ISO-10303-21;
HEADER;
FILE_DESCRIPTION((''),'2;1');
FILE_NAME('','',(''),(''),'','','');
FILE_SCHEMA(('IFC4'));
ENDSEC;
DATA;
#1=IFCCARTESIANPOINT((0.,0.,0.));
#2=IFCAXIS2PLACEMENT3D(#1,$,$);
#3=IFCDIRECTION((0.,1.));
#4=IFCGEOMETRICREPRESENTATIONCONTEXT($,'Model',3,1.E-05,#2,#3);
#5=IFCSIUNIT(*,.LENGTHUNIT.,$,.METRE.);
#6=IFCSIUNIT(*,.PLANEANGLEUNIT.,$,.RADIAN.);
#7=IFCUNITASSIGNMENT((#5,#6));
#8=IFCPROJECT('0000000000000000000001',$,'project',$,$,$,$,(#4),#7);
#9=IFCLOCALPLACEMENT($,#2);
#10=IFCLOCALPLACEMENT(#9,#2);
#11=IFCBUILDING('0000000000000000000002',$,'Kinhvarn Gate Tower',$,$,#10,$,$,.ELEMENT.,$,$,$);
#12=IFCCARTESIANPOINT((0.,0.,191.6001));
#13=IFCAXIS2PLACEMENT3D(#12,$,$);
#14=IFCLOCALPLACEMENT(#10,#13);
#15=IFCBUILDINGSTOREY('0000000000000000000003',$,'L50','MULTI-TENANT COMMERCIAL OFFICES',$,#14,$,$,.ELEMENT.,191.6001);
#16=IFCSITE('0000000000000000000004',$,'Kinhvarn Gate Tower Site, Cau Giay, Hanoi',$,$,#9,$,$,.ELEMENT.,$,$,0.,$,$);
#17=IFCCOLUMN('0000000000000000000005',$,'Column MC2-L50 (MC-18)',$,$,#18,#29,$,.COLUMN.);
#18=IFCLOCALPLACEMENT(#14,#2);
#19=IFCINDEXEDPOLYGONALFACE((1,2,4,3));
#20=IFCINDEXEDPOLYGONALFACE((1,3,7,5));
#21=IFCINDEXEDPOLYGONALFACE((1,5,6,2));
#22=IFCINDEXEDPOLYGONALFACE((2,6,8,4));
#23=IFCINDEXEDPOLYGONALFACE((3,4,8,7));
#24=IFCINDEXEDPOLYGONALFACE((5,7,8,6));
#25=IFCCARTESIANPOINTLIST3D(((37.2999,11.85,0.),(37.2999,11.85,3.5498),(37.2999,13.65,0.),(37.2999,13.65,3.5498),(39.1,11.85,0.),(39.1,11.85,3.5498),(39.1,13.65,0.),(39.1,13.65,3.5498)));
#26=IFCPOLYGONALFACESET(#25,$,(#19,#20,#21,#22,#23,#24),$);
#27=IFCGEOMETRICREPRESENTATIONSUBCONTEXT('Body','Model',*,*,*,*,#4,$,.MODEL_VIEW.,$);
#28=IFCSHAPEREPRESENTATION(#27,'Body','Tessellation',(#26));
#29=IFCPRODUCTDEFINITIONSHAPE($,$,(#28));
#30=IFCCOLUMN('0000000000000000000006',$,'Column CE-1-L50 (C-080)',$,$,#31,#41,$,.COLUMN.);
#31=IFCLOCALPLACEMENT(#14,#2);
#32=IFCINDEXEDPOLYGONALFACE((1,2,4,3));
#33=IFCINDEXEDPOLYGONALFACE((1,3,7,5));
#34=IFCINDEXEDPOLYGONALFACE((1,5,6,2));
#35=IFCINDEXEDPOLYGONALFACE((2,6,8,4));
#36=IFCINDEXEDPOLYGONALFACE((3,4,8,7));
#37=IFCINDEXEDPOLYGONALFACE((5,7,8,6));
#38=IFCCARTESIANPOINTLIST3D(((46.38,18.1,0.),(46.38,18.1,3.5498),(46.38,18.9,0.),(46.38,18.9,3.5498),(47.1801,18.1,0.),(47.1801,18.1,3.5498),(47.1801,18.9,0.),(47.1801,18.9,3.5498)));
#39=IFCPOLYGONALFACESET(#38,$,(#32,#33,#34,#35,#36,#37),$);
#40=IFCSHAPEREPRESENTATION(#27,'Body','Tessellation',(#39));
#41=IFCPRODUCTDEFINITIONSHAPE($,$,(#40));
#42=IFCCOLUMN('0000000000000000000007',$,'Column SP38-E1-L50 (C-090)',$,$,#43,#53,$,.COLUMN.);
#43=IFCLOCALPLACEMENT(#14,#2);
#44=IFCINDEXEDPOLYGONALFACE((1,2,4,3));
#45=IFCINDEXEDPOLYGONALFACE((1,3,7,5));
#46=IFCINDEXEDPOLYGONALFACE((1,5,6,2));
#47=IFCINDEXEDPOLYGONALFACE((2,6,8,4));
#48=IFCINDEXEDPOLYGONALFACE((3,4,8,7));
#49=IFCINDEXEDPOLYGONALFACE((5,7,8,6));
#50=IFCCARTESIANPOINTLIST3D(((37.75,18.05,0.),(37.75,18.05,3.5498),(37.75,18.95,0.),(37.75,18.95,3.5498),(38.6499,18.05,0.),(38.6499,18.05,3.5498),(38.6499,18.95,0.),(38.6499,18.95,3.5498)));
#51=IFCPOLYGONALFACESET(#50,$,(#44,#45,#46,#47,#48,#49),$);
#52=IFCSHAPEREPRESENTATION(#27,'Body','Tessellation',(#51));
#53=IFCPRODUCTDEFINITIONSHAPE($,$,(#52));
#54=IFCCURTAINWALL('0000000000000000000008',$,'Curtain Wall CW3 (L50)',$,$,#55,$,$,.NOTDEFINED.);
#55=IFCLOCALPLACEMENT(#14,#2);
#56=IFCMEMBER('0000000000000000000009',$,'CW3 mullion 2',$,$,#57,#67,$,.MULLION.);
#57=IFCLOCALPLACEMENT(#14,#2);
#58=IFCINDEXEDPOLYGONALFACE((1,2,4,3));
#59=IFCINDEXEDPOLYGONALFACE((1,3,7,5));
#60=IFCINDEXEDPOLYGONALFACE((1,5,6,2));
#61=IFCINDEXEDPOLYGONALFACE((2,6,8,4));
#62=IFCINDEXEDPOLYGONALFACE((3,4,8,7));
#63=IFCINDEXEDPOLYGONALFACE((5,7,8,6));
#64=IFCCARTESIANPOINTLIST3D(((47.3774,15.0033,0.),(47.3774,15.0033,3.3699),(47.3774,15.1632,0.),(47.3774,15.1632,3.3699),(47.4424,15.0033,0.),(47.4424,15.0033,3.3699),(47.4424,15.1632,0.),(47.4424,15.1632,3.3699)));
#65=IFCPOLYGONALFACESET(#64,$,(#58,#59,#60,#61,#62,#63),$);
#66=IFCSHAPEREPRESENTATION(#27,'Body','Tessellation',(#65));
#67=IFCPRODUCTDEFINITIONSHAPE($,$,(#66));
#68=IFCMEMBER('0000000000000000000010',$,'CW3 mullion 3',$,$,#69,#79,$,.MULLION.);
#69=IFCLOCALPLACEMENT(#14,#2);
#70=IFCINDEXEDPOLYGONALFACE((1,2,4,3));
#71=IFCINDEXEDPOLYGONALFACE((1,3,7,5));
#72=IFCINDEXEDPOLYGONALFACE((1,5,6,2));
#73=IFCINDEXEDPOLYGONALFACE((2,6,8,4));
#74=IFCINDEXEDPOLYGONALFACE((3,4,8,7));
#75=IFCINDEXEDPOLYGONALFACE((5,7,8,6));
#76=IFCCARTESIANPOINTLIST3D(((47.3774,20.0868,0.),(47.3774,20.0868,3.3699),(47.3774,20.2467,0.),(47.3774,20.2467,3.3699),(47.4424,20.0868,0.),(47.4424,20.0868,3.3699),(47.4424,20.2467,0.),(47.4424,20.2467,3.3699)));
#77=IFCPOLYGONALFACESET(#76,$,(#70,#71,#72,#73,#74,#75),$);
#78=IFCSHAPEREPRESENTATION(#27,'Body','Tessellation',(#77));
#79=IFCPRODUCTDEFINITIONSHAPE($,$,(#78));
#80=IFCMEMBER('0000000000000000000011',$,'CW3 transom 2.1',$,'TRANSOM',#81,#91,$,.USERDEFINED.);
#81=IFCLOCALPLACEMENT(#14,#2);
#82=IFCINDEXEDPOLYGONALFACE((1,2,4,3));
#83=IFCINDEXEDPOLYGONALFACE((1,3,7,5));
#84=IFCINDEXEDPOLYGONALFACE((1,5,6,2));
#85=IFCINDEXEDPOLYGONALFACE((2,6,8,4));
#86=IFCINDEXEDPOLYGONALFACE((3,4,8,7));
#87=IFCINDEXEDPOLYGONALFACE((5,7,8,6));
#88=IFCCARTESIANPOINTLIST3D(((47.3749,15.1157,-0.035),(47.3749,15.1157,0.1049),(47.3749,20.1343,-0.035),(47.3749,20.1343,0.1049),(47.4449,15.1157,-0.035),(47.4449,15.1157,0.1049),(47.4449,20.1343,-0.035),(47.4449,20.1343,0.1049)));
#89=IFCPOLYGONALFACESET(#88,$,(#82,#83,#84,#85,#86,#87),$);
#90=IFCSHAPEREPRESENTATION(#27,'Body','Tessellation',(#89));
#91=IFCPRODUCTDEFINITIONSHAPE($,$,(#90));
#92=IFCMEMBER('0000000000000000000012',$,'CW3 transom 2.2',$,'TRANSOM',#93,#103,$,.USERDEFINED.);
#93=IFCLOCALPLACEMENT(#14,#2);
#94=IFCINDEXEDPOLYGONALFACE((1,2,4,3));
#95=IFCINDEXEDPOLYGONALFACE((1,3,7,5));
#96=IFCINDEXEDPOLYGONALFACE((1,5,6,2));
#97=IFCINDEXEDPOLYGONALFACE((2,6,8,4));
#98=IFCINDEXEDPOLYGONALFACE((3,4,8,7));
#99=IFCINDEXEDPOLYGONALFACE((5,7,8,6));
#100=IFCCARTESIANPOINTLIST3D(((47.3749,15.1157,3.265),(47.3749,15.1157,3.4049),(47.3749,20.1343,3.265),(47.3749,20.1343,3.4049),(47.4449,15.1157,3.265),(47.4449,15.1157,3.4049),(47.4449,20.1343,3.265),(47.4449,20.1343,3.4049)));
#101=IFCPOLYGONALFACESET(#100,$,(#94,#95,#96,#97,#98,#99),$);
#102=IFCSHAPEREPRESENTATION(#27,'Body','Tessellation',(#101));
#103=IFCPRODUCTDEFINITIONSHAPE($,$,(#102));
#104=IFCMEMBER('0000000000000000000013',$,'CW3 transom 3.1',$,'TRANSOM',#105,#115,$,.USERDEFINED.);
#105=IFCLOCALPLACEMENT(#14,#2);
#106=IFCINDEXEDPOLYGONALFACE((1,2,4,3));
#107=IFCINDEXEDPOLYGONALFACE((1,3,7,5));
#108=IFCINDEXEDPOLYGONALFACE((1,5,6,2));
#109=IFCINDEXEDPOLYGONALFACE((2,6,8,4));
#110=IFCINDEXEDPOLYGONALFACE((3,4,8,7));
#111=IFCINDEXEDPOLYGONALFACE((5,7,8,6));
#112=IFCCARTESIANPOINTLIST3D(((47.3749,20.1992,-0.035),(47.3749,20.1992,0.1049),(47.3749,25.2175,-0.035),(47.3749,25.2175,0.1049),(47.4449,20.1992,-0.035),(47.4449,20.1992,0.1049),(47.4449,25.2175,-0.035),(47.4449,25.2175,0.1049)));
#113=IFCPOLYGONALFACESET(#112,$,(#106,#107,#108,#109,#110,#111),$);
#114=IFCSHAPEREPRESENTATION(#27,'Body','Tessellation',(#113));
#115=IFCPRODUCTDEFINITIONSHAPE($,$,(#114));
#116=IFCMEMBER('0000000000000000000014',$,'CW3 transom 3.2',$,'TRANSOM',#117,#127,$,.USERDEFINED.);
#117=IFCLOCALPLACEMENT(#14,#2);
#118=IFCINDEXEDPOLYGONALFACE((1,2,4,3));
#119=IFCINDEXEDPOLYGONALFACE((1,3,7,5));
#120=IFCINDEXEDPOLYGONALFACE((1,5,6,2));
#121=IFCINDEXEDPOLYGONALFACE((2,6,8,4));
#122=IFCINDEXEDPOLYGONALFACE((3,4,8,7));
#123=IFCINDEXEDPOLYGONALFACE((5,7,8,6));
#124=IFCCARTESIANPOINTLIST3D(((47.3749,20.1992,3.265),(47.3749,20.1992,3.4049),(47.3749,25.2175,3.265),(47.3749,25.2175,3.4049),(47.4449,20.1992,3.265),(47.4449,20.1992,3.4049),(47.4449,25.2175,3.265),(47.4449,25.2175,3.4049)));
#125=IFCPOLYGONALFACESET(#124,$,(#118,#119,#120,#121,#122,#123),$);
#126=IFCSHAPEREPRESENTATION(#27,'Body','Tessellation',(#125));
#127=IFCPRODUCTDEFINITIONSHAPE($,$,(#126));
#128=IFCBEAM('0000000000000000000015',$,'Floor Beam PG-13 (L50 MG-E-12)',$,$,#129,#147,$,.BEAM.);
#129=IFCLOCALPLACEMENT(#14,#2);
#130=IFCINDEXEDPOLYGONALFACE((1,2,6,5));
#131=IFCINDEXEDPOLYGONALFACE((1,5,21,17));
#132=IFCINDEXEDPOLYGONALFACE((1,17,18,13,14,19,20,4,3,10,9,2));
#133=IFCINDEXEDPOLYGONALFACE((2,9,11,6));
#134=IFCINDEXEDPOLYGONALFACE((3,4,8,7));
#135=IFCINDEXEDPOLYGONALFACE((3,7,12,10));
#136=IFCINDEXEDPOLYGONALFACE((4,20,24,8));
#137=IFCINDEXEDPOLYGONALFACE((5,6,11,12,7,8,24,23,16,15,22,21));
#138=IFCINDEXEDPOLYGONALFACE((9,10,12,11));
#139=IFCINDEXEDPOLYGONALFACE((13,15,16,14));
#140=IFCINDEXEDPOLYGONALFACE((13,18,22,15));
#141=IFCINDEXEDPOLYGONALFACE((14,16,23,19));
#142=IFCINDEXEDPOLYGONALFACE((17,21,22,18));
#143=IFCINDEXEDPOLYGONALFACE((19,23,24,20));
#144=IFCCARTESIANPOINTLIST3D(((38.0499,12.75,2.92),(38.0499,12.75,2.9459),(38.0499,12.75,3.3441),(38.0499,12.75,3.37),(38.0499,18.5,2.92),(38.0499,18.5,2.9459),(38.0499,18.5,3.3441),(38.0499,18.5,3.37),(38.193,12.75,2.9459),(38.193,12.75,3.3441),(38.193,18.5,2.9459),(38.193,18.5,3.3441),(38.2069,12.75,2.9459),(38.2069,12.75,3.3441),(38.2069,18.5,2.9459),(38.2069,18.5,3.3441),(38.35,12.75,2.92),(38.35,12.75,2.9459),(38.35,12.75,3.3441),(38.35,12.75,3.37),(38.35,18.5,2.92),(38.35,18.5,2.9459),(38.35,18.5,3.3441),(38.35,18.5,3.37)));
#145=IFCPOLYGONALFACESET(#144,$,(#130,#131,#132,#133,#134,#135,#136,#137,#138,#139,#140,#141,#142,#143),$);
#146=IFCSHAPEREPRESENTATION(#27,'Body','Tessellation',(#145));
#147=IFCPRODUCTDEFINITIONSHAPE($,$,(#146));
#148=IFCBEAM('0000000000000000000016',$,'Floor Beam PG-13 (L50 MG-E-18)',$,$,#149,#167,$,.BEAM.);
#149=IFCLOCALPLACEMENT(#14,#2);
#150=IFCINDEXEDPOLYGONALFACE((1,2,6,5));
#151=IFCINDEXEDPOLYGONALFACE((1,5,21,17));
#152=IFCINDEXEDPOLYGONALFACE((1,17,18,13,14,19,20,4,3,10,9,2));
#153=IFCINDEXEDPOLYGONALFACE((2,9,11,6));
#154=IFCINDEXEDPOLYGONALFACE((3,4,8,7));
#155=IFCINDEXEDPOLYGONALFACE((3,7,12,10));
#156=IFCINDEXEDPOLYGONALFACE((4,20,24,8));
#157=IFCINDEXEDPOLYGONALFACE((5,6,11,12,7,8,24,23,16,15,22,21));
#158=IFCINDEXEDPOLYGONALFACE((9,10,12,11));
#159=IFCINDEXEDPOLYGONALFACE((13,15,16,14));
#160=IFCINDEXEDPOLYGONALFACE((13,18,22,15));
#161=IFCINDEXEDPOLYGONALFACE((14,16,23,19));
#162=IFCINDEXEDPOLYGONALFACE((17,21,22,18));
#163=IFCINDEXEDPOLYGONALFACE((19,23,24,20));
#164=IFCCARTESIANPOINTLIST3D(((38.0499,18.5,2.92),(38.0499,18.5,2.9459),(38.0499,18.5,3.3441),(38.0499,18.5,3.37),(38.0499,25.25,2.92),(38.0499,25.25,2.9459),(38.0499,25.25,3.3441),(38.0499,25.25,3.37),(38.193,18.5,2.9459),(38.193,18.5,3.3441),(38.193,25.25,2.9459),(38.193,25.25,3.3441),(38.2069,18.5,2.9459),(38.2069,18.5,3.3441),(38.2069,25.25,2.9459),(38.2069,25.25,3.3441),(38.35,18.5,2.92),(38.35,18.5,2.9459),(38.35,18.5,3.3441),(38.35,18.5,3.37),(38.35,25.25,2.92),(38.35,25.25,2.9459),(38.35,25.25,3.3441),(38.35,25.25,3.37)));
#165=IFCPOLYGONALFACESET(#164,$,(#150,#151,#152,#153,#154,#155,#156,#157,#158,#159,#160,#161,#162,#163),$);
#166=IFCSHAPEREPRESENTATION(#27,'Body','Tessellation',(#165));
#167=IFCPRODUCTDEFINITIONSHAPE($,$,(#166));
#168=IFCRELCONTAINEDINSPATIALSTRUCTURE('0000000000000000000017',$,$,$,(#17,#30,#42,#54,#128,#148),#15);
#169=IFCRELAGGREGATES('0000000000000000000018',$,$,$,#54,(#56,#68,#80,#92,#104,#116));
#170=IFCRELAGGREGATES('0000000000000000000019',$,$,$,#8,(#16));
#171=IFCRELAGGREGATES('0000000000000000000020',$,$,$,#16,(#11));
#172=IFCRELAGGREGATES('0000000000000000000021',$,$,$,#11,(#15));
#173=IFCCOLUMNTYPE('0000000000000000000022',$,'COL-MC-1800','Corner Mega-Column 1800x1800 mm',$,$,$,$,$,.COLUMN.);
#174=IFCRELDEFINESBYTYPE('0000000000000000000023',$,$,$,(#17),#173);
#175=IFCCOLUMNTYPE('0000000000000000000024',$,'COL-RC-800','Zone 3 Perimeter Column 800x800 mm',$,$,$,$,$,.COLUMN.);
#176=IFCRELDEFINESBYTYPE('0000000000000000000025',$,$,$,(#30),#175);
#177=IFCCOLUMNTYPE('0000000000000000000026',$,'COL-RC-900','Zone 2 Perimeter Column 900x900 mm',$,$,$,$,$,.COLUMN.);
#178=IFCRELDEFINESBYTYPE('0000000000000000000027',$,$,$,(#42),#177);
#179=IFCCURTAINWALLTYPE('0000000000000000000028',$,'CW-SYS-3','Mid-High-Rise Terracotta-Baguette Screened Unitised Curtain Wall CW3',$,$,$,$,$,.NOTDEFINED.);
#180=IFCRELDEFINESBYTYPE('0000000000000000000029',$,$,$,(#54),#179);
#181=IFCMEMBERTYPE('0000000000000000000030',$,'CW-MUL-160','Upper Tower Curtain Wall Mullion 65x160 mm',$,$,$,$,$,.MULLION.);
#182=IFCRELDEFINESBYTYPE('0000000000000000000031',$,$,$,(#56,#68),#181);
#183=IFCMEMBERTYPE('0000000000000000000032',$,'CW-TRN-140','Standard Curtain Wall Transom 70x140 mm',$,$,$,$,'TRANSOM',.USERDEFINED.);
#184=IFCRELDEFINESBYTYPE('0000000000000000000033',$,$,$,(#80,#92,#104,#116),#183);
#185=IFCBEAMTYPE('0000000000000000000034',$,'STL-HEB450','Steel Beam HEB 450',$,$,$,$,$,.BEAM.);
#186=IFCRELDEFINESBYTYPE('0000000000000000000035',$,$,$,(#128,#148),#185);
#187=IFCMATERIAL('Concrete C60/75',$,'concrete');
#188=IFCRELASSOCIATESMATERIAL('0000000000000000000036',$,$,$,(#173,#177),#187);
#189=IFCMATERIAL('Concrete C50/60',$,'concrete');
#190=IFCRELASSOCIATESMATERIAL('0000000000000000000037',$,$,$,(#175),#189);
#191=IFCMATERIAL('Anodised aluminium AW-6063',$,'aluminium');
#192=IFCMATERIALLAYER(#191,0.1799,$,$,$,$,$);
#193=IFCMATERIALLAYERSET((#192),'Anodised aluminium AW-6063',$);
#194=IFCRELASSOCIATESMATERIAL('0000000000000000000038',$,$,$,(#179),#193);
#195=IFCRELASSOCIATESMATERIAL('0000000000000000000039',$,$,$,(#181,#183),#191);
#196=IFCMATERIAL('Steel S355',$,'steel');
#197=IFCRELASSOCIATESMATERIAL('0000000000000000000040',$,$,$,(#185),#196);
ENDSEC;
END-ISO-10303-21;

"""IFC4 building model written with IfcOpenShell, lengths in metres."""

from ifc_helpers import new_model, si_unit, direction, frame, origin, origin_2d, place, context, subcontext, project, spatial, rectangle, i_section, extrude, material, layer, layer_set, material_profile, profile_set, type_object, element, aggregate, save


model = new_model("IFC4")

# Units and contexts
model_context = context("Model", 3, precision=1e-05, world=origin(), true_north=direction((0.0, 1.0)))
body_context = subcontext(model_context, "Body", "Model", "MODEL_VIEW")
ifc_project = project(units=[si_unit("LENGTHUNIT", "METRE"), si_unit("PLANEANGLEUNIT", "RADIAN")], contexts=[model_context])

# Site, building, storey
site_placement = place(None, origin())
site = spatial("IfcSite", under=ifc_project, at=site_placement, Name="Kinhvarn Gate Tower Site, Cau Giay, Hanoi", CompositionType="ELEMENT", RefElevation=0.0)
building_placement = place(site_placement, origin())
building = spatial("IfcBuilding", under=site, at=building_placement, Name="Kinhvarn Gate Tower", CompositionType="ELEMENT")
storey_placement = place(building_placement, frame((0.0, 0.0, 191.6001)))
storey = spatial("IfcBuildingStorey", under=building, at=storey_placement, Name="L50", Description="MULTI-TENANT COMMERCIAL OFFICES", CompositionType="ELEMENT", Elevation=191.6001)

# Columns
ifc_material_1 = material(Name="Concrete C60/75", Category="concrete")
ifc_material_profile_1 = material_profile(ifc_material_1, rectangle(XDim=1.8, YDim=1.8, at=origin_2d()), Name="RC 1800x1800")
ifc_profile_set_1 = profile_set([ifc_material_profile_1], Name="Concrete C60/75")
column_type_1 = type_object("IfcColumnType", Name="COL-MC-1800", Description="Corner Mega-Column 1800x1800 mm", PredefinedType="COLUMN", material=ifc_profile_set_1)
column_1_placement = place(storey_placement, frame((38.2, 12.75, 0.0), z_axis=(0.0, 0.0, 1.0), x_axis=(1.0, 0.0, 0.0)))
element("IfcColumn", 1, at=column_1_placement, inside=storey, type_object=column_type_1, Name="Column MC2-L50 (MC-18)", PredefinedType="COLUMN", context=body_context, shape_type="SweptSolid", body=[
    extrude(rectangle(XDim=1.8, YDim=1.8, at=origin_2d()), origin(), (0.0, 0.0, 1.0), 3.5498),
])
ifc_material_2 = material(Name="Concrete C50/60", Category="concrete")
ifc_material_profile_2 = material_profile(ifc_material_2, rectangle(XDim=0.8, YDim=0.8, at=origin_2d()), Name="RC 800x800")
ifc_profile_set_2 = profile_set([ifc_material_profile_2], Name="Concrete C50/60")
column_type_2 = type_object("IfcColumnType", Name="COL-RC-800", Description="Zone 3 Perimeter Column 800x800 mm", PredefinedType="COLUMN", material=ifc_profile_set_2)
column_2_placement = place(storey_placement, frame((46.78, 18.5, 0.0), z_axis=(0.0, 0.0, 1.0), x_axis=(1.0, 0.0, 0.0)))
element("IfcColumn", 2, at=column_2_placement, inside=storey, type_object=column_type_2, Name="Column CE-1-L50 (C-080)", PredefinedType="COLUMN", context=body_context, shape_type="SweptSolid", body=[
    extrude(rectangle(XDim=0.8, YDim=0.8, at=origin_2d()), origin(), (0.0, 0.0, 1.0), 3.5498),
])
ifc_material_profile_3 = material_profile(ifc_material_1, rectangle(XDim=0.8999, YDim=0.8999, at=origin_2d()), Name="RC 900x900")
ifc_profile_set_3 = profile_set([ifc_material_profile_3], Name="Concrete C60/75")
column_type_3 = type_object("IfcColumnType", Name="COL-RC-900", Description="Zone 2 Perimeter Column 900x900 mm", PredefinedType="COLUMN", material=ifc_profile_set_3)
column_3_placement = place(storey_placement, frame((38.2, 18.5, 0.0), z_axis=(0.0, 0.0, 1.0), x_axis=(1.0, 0.0, 0.0)))
element("IfcColumn", 3, at=column_3_placement, inside=storey, type_object=column_type_3, Name="Column SP38-E1-L50 (C-090)", PredefinedType="COLUMN", context=body_context, shape_type="SweptSolid", body=[
    extrude(rectangle(XDim=0.8999, YDim=0.8999, at=origin_2d()), origin(), (0.0, 0.0, 1.0), 3.5498),
])

# Curtain wall, members
ifc_material_3 = material(Name="Anodised aluminium AW-6063", Category="aluminium")
ifc_layer_1 = layer(ifc_material_3, 0.1799)
ifc_layer_set_1 = layer_set([ifc_layer_1], Name="Anodised aluminium AW-6063")
curtain_wall_type = type_object("IfcCurtainWallType", Name="CW-SYS-3", Description="Mid-High-Rise Terracotta-Baguette Screened Unitised Curtain Wall CW3", PredefinedType="NOTDEFINED", material=ifc_layer_set_1)
curtain_wall_placement = place(storey_placement, origin())
curtain_wall = element("IfcCurtainWall", 4, at=curtain_wall_placement, inside=storey, type_object=curtain_wall_type, Name="Curtain Wall CW3 (L50)", PredefinedType="NOTDEFINED")
ifc_material_profile_4 = material_profile(ifc_material_3, rectangle(XDim=0.0649, YDim=0.1599, at=origin_2d()), Name="ALU 65x160")
ifc_profile_set_4 = profile_set([ifc_material_profile_4], Name="Anodised aluminium AW-6063")
member_type_1 = type_object("IfcMemberType", Name="CW-MUL-160", Description="Upper Tower Curtain Wall Mullion 65x160 mm", PredefinedType="MULLION", material=ifc_profile_set_4)
member_1_placement = place(storey_placement, frame((47.4099, 15.0833, 0.0), z_axis=(0.0, 0.0, 1.0), x_axis=(-1.0, 0.0, 0.0)))
member_1 = element("IfcMember", 5, at=member_1_placement, type_object=member_type_1, Name="CW3 mullion 2", PredefinedType="MULLION", context=body_context, shape_type="SweptSolid", body=[
    extrude(rectangle(XDim=0.0649, YDim=0.1599, at=origin_2d()), origin(), (0.0, 0.0, 1.0), 3.3699),
])
member_2_placement = place(storey_placement, frame((47.4099, 20.1667, 0.0), z_axis=(0.0, 0.0, 1.0), x_axis=(-1.0, 0.0, 0.0)))
member_2 = element("IfcMember", 6, at=member_2_placement, type_object=member_type_1, Name="CW3 mullion 3", PredefinedType="MULLION", context=body_context, shape_type="SweptSolid", body=[
    extrude(rectangle(XDim=0.0649, YDim=0.1599, at=origin_2d()), origin(), (0.0, 0.0, 1.0), 3.3699),
])
ifc_material_profile_5 = material_profile(ifc_material_3, rectangle(XDim=0.0701, YDim=0.1399, at=origin_2d()), Name="ALU 70x140")
ifc_profile_set_5 = profile_set([ifc_material_profile_5], Name="Anodised aluminium AW-6063")
member_type_2 = type_object("IfcMemberType", Name="CW-TRN-140", Description="Standard Curtain Wall Transom 70x140 mm", ElementType="TRANSOM", PredefinedType="USERDEFINED", material=ifc_profile_set_5)
member_3_placement = place(storey_placement, frame((47.4099, 15.1157, 0.0349), z_axis=(0.0, 1.0, 0.0), x_axis=(-1.0, 0.0, 0.0)))
member_3 = element("IfcMember", 7, at=member_3_placement, type_object=member_type_2, Name="CW3 transom 2.1", ObjectType="TRANSOM", PredefinedType="USERDEFINED", context=body_context, shape_type="SweptSolid", body=[
    extrude(rectangle(XDim=0.0701, YDim=0.1399, at=origin_2d()), origin(), (0.0, 0.0, 1.0), 5.0186),
])
member_4_placement = place(storey_placement, frame((47.4099, 15.1157, 3.335), z_axis=(0.0, 1.0, 0.0), x_axis=(-1.0, 0.0, 0.0)))
member_4 = element("IfcMember", 8, at=member_4_placement, type_object=member_type_2, Name="CW3 transom 2.2", ObjectType="TRANSOM", PredefinedType="USERDEFINED", context=body_context, shape_type="SweptSolid", body=[
    extrude(rectangle(XDim=0.0701, YDim=0.1399, at=origin_2d()), origin(), (0.0, 0.0, 1.0), 5.0186),
])
member_5_placement = place(storey_placement, frame((47.4099, 20.1992, 0.0349), z_axis=(0.0, 1.0, 0.0), x_axis=(-1.0, 0.0, 0.0)))
member_5 = element("IfcMember", 9, at=member_5_placement, type_object=member_type_2, Name="CW3 transom 3.1", ObjectType="TRANSOM", PredefinedType="USERDEFINED", context=body_context, shape_type="SweptSolid", body=[
    extrude(rectangle(XDim=0.0701, YDim=0.1399, at=origin_2d()), origin(), (0.0, 0.0, 1.0), 5.0183),
])
member_6_placement = place(storey_placement, frame((47.4099, 20.1992, 3.335), z_axis=(0.0, 1.0, 0.0), x_axis=(-1.0, 0.0, 0.0)))
member_6 = element("IfcMember", 10, at=member_6_placement, type_object=member_type_2, Name="CW3 transom 3.2", ObjectType="TRANSOM", PredefinedType="USERDEFINED", context=body_context, shape_type="SweptSolid", body=[
    extrude(rectangle(XDim=0.0701, YDim=0.1399, at=origin_2d()), origin(), (0.0, 0.0, 1.0), 5.0183),
])

# Beams
ifc_material_4 = material(Name="Steel S355", Category="steel")
ifc_material_profile_6 = material_profile(ifc_material_4, i_section(OverallWidth=0.3, OverallDepth=0.45, WebThickness=0.0139, FlangeThickness=0.0259, at=origin_2d()), Name="HEB 450")
ifc_profile_set_6 = profile_set([ifc_material_profile_6], Name="Steel S355")
beam_type_1 = type_object("IfcBeamType", Name="STL-HEB450", Description="Steel Beam HEB 450", PredefinedType="BEAM", material=ifc_profile_set_6)
beam_1_placement = place(storey_placement, frame((38.2, 12.75, 3.145), z_axis=(0.0, 1.0, 0.0), x_axis=(-1.0, 0.0, 0.0)))
element("IfcBeam", 11, at=beam_1_placement, inside=storey, type_object=beam_type_1, Name="Floor Beam PG-13 (L50 MG-E-12)", PredefinedType="BEAM", context=body_context, shape_type="SweptSolid", body=[
    extrude(i_section(OverallWidth=0.3, OverallDepth=0.45, WebThickness=0.0139, FlangeThickness=0.0259, at=origin_2d()), origin(), (0.0, 0.0, 1.0), 5.75),
])
beam_2_placement = place(storey_placement, frame((38.2, 18.5, 3.145), z_axis=(0.0, 1.0, 0.0), x_axis=(-1.0, 0.0, 0.0)))
element("IfcBeam", 12, at=beam_2_placement, inside=storey, type_object=beam_type_1, Name="Floor Beam PG-13 (L50 MG-E-18)", PredefinedType="BEAM", context=body_context, shape_type="SweptSolid", body=[
    extrude(i_section(OverallWidth=0.3, OverallDepth=0.45, WebThickness=0.0139, FlangeThickness=0.0259, at=origin_2d()), origin(), (0.0, 0.0, 1.0), 6.75),
])

aggregate(curtain_wall, [member_1, member_2, member_3, member_4, member_5, member_6])

save(model, "model.ifc")
